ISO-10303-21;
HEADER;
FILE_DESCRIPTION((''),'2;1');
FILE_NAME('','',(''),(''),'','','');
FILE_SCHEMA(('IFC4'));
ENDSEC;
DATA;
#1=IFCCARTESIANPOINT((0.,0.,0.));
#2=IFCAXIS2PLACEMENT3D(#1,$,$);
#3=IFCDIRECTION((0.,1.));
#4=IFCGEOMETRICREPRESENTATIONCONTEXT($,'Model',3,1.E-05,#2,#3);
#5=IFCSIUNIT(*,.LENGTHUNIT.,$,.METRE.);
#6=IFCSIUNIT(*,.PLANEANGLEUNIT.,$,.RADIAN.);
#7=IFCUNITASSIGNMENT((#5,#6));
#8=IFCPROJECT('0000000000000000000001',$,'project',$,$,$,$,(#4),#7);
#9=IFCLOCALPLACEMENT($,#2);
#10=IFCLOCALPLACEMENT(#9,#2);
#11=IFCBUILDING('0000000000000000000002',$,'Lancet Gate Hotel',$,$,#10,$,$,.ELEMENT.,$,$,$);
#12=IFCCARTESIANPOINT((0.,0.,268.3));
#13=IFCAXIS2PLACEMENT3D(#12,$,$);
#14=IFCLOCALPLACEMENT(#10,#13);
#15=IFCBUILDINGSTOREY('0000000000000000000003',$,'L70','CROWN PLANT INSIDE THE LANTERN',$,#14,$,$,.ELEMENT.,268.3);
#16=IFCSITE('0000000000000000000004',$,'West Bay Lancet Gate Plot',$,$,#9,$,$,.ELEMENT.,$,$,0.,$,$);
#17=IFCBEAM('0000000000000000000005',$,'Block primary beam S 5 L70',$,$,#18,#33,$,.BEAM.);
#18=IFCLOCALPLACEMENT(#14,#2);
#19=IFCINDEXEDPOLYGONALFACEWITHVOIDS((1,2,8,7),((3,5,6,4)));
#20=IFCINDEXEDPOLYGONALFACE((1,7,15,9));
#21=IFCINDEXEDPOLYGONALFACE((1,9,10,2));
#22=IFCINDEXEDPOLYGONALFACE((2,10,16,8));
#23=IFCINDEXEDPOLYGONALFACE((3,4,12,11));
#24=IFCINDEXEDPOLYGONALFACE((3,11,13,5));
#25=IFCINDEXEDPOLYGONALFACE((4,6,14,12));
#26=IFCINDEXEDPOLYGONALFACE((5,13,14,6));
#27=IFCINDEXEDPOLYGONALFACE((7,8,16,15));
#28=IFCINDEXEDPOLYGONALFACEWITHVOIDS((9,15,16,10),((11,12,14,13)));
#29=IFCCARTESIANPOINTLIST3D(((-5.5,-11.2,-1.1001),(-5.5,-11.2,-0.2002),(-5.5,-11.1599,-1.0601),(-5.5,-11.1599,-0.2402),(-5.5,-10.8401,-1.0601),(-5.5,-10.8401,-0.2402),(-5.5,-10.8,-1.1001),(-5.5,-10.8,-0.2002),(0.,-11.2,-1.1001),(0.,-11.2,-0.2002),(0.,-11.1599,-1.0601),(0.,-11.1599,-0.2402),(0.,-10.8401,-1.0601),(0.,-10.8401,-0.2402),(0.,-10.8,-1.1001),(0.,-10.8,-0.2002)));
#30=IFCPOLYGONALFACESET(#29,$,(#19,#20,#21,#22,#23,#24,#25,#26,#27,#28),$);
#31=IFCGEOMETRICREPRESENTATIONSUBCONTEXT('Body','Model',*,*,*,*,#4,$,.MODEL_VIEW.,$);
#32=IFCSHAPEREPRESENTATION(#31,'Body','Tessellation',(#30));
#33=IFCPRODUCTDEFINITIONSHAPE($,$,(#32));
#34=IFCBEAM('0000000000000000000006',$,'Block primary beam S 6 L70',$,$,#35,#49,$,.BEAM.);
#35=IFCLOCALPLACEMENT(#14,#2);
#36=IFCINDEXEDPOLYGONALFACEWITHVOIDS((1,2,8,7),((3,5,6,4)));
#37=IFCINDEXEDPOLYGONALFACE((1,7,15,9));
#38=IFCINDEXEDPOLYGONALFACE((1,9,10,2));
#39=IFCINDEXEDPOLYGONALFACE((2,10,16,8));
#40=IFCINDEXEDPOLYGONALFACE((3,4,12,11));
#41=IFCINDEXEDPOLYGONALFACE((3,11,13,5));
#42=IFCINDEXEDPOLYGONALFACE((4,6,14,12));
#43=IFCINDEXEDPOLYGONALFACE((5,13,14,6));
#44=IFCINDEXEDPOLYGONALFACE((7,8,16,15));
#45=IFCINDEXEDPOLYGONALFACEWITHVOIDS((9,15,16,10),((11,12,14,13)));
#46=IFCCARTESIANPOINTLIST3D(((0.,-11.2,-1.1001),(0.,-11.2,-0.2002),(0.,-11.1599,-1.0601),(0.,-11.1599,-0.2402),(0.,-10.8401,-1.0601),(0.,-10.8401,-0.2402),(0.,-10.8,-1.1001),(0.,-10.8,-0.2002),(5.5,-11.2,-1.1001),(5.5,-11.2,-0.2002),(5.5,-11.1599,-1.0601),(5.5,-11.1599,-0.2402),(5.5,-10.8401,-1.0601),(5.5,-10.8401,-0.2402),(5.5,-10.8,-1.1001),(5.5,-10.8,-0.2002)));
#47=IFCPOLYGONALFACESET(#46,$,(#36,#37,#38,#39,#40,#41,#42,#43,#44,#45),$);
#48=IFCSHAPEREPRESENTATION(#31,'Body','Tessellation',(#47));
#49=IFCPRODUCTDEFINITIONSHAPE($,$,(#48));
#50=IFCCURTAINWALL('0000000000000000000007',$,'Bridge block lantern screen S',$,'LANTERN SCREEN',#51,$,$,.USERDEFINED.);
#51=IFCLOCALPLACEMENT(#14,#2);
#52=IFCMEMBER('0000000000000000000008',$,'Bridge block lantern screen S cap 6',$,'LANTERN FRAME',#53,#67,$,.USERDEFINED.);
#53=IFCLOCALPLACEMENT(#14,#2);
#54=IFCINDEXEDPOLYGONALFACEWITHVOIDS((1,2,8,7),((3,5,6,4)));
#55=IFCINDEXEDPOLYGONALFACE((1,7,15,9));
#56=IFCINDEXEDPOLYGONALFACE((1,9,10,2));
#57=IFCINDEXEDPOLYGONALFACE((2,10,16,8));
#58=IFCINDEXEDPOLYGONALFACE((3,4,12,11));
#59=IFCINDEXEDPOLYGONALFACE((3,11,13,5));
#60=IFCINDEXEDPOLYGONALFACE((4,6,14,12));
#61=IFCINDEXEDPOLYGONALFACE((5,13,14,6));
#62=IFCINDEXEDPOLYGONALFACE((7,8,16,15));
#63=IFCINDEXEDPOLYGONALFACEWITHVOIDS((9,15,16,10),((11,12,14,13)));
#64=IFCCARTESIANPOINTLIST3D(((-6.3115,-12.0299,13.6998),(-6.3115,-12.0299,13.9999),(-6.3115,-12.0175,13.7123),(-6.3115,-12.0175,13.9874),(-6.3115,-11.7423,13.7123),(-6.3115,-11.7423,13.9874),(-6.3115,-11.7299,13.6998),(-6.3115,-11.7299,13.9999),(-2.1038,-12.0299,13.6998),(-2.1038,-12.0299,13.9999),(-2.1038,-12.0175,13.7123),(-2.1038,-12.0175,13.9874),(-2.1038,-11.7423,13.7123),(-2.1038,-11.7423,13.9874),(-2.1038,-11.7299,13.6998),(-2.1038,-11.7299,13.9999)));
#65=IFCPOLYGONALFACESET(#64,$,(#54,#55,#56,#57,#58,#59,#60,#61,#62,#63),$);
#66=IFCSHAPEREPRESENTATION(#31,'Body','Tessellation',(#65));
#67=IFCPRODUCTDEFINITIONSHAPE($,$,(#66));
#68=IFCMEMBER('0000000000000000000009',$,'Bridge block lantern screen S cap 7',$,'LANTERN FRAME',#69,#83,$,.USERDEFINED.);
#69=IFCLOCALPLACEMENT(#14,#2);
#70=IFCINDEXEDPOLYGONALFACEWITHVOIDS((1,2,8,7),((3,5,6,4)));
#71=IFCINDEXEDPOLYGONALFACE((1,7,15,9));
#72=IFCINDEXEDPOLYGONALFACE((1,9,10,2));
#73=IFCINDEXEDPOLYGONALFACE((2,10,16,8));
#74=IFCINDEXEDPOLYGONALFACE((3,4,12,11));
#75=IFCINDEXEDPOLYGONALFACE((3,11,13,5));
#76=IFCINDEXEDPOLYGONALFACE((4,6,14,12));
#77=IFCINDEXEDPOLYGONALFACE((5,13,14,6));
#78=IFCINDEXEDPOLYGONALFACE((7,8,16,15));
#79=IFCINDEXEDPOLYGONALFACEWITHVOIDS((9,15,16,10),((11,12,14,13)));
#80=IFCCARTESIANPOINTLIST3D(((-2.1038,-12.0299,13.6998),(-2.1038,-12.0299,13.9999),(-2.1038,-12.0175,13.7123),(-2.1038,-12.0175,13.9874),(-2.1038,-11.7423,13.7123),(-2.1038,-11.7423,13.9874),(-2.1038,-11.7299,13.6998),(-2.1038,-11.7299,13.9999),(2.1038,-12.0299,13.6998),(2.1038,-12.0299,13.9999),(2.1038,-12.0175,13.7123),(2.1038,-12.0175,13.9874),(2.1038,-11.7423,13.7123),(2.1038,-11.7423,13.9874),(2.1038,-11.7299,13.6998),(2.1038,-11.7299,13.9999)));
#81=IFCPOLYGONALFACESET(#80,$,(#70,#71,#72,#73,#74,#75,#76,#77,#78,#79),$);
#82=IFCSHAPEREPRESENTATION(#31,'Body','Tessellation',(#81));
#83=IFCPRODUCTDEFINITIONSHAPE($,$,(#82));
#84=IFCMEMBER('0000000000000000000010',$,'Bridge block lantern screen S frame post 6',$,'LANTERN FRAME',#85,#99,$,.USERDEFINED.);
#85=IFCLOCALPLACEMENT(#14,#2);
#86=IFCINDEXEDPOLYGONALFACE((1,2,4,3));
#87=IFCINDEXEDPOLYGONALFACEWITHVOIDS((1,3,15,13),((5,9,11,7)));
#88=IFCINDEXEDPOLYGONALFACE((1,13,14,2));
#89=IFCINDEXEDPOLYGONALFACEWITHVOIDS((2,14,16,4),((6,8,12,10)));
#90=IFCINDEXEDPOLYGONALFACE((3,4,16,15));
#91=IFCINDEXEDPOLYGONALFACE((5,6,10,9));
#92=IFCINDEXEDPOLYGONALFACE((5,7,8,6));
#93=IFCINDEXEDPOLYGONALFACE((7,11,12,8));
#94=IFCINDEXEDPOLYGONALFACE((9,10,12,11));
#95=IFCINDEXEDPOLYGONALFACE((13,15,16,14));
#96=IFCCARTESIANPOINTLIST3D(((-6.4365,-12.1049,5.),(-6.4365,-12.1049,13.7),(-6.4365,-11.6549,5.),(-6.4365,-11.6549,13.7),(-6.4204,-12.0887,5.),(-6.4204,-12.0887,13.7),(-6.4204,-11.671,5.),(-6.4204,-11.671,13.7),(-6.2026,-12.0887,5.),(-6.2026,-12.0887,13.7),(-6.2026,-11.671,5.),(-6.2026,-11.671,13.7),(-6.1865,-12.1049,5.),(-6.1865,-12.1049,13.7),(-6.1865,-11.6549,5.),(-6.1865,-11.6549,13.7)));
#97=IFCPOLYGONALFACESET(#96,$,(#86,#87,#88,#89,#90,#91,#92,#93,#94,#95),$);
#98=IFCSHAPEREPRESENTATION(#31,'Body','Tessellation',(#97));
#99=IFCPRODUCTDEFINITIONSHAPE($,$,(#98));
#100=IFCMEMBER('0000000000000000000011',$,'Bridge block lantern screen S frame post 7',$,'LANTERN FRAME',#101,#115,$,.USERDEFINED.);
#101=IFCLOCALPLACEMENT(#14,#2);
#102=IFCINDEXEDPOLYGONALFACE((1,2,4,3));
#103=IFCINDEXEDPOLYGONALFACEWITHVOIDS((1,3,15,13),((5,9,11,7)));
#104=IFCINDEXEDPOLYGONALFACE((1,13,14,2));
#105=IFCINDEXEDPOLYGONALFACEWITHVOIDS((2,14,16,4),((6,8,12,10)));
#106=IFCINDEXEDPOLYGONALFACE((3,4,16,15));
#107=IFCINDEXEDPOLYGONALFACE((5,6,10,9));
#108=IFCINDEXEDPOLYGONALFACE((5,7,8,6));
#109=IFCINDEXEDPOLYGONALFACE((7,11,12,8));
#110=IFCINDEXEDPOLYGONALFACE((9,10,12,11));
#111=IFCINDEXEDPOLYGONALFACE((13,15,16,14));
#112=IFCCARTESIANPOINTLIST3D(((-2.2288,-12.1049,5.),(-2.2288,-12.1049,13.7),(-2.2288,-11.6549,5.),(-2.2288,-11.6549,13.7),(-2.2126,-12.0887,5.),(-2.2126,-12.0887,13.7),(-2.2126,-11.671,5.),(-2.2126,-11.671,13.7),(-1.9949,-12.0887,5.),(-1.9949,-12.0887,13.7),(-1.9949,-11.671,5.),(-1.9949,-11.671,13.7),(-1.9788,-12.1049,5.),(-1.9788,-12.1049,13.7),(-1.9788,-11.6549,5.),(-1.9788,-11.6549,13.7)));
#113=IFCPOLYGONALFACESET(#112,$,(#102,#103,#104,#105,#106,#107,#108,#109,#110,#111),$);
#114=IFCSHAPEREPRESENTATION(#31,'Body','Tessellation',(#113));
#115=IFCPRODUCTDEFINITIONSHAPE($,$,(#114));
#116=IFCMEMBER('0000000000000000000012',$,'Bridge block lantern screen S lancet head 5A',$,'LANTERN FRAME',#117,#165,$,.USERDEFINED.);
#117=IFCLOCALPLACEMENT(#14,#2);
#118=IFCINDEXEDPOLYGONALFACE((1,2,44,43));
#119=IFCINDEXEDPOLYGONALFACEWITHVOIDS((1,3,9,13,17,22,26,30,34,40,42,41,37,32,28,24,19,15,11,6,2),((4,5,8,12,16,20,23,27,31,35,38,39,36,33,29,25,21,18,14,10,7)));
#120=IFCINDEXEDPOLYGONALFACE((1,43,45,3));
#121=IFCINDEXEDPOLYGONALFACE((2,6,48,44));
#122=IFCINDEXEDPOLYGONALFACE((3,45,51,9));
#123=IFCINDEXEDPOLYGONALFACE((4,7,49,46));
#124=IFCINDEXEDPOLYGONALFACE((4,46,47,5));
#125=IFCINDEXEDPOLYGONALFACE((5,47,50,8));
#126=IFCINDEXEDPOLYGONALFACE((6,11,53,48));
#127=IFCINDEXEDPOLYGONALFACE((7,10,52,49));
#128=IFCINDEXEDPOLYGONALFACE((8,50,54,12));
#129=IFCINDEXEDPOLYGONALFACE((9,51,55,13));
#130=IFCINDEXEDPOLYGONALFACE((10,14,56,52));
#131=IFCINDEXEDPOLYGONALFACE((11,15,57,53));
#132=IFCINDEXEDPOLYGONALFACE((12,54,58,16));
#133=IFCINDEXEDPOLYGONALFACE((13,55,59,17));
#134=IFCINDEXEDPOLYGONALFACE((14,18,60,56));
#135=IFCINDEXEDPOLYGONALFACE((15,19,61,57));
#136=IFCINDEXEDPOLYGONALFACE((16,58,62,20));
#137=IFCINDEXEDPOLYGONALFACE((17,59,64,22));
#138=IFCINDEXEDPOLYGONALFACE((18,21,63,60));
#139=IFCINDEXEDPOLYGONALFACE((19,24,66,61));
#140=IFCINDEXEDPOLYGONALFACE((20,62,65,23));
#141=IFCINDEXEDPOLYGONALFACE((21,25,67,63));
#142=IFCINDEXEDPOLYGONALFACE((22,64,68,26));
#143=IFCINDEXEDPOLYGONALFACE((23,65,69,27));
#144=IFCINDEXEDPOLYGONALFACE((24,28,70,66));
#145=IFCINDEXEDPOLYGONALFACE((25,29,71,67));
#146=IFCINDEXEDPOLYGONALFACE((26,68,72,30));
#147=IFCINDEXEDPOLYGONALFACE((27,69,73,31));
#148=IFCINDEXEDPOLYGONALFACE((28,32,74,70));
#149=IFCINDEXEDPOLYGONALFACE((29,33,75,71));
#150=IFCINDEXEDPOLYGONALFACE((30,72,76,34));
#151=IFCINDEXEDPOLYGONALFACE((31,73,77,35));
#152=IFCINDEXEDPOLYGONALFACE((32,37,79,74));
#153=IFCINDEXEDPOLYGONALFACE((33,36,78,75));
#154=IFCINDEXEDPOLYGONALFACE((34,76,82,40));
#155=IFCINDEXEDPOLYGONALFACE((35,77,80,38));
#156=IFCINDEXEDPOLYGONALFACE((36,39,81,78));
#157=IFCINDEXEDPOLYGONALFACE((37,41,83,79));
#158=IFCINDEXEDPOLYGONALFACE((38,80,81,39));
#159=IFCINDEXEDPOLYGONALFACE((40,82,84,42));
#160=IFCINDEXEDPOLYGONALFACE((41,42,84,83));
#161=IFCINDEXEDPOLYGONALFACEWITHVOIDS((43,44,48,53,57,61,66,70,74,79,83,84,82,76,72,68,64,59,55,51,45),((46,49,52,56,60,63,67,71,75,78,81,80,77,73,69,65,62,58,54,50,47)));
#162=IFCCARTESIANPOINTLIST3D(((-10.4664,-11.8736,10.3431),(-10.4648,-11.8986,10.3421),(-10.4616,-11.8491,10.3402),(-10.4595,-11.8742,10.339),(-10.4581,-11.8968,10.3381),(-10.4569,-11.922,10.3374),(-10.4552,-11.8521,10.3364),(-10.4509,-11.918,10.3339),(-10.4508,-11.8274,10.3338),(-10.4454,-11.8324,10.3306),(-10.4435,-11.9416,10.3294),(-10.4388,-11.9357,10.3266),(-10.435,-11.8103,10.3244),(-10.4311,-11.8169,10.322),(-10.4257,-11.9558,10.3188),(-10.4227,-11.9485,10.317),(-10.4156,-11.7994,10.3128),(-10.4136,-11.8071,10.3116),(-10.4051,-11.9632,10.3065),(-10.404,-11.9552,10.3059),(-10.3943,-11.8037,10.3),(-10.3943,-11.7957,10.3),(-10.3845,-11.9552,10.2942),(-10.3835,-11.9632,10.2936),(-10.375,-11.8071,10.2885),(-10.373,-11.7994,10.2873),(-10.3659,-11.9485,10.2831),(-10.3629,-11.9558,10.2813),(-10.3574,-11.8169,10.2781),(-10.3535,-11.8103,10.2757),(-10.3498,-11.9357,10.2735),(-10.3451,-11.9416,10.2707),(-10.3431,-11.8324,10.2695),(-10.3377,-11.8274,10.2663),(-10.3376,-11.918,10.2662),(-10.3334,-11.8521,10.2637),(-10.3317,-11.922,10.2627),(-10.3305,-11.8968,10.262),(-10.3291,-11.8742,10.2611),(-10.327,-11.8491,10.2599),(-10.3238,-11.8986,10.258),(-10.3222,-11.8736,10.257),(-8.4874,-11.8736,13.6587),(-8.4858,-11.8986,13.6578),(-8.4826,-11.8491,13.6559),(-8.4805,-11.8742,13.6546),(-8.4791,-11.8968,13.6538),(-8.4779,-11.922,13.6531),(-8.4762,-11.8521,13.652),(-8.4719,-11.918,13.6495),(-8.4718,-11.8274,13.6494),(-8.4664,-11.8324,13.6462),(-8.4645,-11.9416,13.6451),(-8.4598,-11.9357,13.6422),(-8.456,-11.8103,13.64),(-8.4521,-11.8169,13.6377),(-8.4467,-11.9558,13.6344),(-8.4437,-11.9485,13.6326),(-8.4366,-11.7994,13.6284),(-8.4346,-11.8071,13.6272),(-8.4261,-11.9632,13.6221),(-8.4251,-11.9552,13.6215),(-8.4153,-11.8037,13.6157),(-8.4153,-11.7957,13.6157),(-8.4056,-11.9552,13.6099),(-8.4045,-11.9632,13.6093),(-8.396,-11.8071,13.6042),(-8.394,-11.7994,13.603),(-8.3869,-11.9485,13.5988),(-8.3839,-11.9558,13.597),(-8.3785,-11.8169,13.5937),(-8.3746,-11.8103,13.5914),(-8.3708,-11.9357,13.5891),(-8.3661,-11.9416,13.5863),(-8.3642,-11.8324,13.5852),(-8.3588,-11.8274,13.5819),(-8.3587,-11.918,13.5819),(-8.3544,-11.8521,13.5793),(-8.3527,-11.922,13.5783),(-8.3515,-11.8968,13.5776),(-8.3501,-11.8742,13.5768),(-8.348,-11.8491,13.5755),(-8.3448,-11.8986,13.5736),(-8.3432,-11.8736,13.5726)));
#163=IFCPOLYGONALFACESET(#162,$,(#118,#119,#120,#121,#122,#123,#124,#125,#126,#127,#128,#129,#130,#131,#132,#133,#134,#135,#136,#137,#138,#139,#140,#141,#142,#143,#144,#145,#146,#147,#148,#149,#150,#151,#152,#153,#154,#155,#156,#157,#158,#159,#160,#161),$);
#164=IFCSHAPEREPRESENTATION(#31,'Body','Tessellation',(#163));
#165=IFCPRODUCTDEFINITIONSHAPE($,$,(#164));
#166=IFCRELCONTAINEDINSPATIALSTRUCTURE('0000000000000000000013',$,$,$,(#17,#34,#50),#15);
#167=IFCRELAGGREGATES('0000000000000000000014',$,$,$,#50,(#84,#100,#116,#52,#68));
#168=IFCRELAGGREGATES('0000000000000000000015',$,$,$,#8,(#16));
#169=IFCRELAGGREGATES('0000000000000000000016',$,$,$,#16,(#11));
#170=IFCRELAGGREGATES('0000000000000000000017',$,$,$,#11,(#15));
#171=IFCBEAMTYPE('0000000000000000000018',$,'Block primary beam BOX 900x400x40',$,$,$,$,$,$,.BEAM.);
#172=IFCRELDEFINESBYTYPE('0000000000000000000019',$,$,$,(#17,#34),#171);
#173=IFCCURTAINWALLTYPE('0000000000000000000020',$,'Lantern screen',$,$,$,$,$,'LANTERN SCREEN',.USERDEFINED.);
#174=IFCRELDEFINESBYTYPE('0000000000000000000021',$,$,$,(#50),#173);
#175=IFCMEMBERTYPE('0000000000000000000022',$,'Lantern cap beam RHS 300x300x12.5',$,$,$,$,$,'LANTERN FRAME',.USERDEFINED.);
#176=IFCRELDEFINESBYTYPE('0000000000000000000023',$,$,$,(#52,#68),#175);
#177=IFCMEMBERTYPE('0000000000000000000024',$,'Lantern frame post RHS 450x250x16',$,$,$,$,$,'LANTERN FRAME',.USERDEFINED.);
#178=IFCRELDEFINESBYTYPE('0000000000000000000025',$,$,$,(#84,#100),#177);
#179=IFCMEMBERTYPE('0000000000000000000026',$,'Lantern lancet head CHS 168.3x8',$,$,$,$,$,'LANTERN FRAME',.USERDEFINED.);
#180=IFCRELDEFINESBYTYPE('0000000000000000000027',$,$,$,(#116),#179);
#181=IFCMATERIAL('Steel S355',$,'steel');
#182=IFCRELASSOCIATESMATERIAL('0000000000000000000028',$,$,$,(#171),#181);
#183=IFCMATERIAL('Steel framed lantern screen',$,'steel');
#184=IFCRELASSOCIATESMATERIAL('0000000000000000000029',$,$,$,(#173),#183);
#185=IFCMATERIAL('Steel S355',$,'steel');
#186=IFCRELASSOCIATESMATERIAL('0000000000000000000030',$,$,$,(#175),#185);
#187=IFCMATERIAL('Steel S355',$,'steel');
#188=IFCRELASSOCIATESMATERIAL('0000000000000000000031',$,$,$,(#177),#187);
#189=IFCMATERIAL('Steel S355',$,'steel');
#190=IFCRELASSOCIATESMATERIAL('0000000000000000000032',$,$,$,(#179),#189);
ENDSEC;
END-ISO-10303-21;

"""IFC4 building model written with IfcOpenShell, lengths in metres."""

from ifc_helpers import new_model, si_unit, direction, frame, origin, origin_2d, place, context, subcontext, project, spatial, hollow_rectangle, hollow_circle, extrude, material, material_profile, profile_set, type_object, element, aggregate, save


model = new_model("IFC4")

# Units and contexts
model_context = context("Model", 3, precision=1e-05, world=origin(), true_north=direction((0.0, 1.0)))
body_context = subcontext(model_context, "Body", "Model", "MODEL_VIEW")
ifc_project = project(units=[si_unit("LENGTHUNIT", "METRE"), si_unit("PLANEANGLEUNIT", "RADIAN")], contexts=[model_context])

# Site, building, storey
site_placement = place(None, origin())
site = spatial("IfcSite", under=ifc_project, at=site_placement, Name="West Bay Lancet Gate Plot", CompositionType="ELEMENT", RefElevation=0.0)
building_placement = place(site_placement, origin())
building = spatial("IfcBuilding", under=site, at=building_placement, Name="Lancet Gate Hotel", CompositionType="ELEMENT")
storey_placement = place(building_placement, frame((0.0, 0.0, 268.3)))
storey = spatial("IfcBuildingStorey", under=building, at=storey_placement, Name="L70", Description="CROWN PLANT INSIDE THE LANTERN", CompositionType="ELEMENT", Elevation=268.3)

# Beams
ifc_material_1 = material(Name="Steel S355", Category="steel")
ifc_material_profile_1 = material_profile(ifc_material_1, hollow_rectangle(XDim=0.3999, YDim=0.8999, WallThickness=0.04, at=origin_2d()), Name="BOX 900x400x40")
ifc_profile_set_1 = profile_set([ifc_material_profile_1], Name="Steel S355")
beam_type_1 = type_object("IfcBeamType", Name="Block primary beam BOX 900x400x40", PredefinedType="BEAM", material=ifc_profile_set_1)
for number, where, z_axis, x_axis, name in (
    (1, (-5.5, -11.0, -0.6501), (1.0, 0.0, 0.0), (0.0, 1.0, 0.0), "Block primary beam S 5 L70"),
    (2, (0.0, -11.0, -0.6501), (1.0, 0.0, 0.0), (0.0, 1.0, 0.0), "Block primary beam S 6 L70"),
):
    element("IfcBeam", number, at=place(storey_placement, frame(where, z_axis=z_axis, x_axis=x_axis)), inside=storey, type_object=beam_type_1, Name=name, PredefinedType="BEAM", context=body_context, shape_type="SweptSolid", body=[
        extrude(hollow_rectangle(XDim=0.3999, YDim=0.8999, WallThickness=0.04, at=origin_2d()), origin(), (0.0, 0.0, 1.0), 5.5),
    ])

# Curtain wall, members
ifc_material_2 = material(Name="Steel framed lantern screen", Category="steel")
curtain_wall_type_1 = type_object("IfcCurtainWallType", Name="Lantern screen", ElementType="LANTERN SCREEN", PredefinedType="USERDEFINED", material=ifc_material_2)
curtain_wall_1_placement = place(storey_placement, origin())
curtain_wall_1 = element("IfcCurtainWall", 3, at=curtain_wall_1_placement, inside=storey, type_object=curtain_wall_type_1, Name="Bridge block lantern screen S", ObjectType="LANTERN SCREEN", PredefinedType="USERDEFINED")
ifc_material_3 = material(Name="Steel S355", Category="steel")
ifc_material_profile_2 = material_profile(ifc_material_3, hollow_rectangle(XDim=0.3, YDim=0.3, WallThickness=0.0125, at=origin_2d()), Name="RHS 300x300x12.5")
ifc_profile_set_2 = profile_set([ifc_material_profile_2], Name="Steel S355")
member_type_1 = type_object("IfcMemberType", Name="Lantern cap beam RHS 300x300x12.5", ElementType="LANTERN FRAME", PredefinedType="USERDEFINED", material=ifc_profile_set_2)
member_1_placement = place(storey_placement, frame((-6.3115, -11.8799, 13.8499), z_axis=(1.0, 0.0, 0.0), x_axis=(0.0, 1.0, 0.0)))
member_1 = element("IfcMember", 4, at=member_1_placement, type_object=member_type_1, Name="Bridge block lantern screen S cap 6", ObjectType="LANTERN FRAME", PredefinedType="USERDEFINED", context=body_context, shape_type="SweptSolid", body=[
    extrude(hollow_rectangle(XDim=0.3, YDim=0.3, WallThickness=0.0125, at=origin_2d()), origin(), (0.0, 0.0, 1.0), 4.2078),
])
member_2_placement = place(storey_placement, frame((-2.1038, -11.8799, 13.8499), z_axis=(1.0, 0.0, 0.0), x_axis=(0.0, 1.0, 0.0)))
member_2 = element("IfcMember", 5, at=member_2_placement, type_object=member_type_1, Name="Bridge block lantern screen S cap 7", ObjectType="LANTERN FRAME", PredefinedType="USERDEFINED", context=body_context, shape_type="SweptSolid", body=[
    extrude(hollow_rectangle(XDim=0.3, YDim=0.3, WallThickness=0.0125, at=origin_2d()), origin(), (0.0, 0.0, 1.0), 4.2075),
])
ifc_material_4 = material(Name="Steel S355", Category="steel")
ifc_material_profile_3 = material_profile(ifc_material_4, hollow_rectangle(XDim=0.25, YDim=0.45, WallThickness=0.0161, at=origin_2d()), Name="RHS 450x250x16")
ifc_profile_set_3 = profile_set([ifc_material_profile_3], Name="Steel S355")
member_type_2 = type_object("IfcMemberType", Name="Lantern frame post RHS 450x250x16", ElementType="LANTERN FRAME", PredefinedType="USERDEFINED", material=ifc_profile_set_3)
member_3_placement = place(storey_placement, frame((-6.3115, -11.8799, 5.0), z_axis=(0.0, 0.0, 1.0), x_axis=(1.0, 0.0, 0.0)))
member_3 = element("IfcMember", 6, at=member_3_placement, type_object=member_type_2, Name="Bridge block lantern screen S frame post 6", ObjectType="LANTERN FRAME", PredefinedType="USERDEFINED", context=body_context, shape_type="SweptSolid", body=[
    extrude(hollow_rectangle(XDim=0.25, YDim=0.45, WallThickness=0.0161, at=origin_2d()), origin(), (0.0, 0.0, 1.0), 8.7),
])
member_4_placement = place(storey_placement, frame((-2.1038, -11.8799, 5.0), z_axis=(0.0, 0.0, 1.0), x_axis=(1.0, 0.0, 0.0)))
member_4 = element("IfcMember", 7, at=member_4_placement, type_object=member_type_2, Name="Bridge block lantern screen S frame post 7", ObjectType="LANTERN FRAME", PredefinedType="USERDEFINED", context=body_context, shape_type="SweptSolid", body=[
    extrude(hollow_rectangle(XDim=0.25, YDim=0.45, WallThickness=0.0161, at=origin_2d()), origin(), (0.0, 0.0, 1.0), 8.7),
])
ifc_material_5 = material(Name="Steel S355", Category="steel")
ifc_material_profile_4 = material_profile(ifc_material_5, hollow_circle(Radius=0.0842, WallThickness=0.0081, at=origin_2d()), Name="CHS 168.3x8.0")
ifc_profile_set_4 = profile_set([ifc_material_profile_4], Name="Steel S355")
member_type_3 = type_object("IfcMemberType", Name="Lantern lancet head CHS 168.3x8", ElementType="LANTERN FRAME", PredefinedType="USERDEFINED", material=ifc_profile_set_4)
member_5_placement = place(storey_placement, frame((-10.3943, -11.8799, 10.3), z_axis=(0.512514, 0.0, 0.858679), x_axis=(0.0, 1.0, 0.0)))
member_5 = element("IfcMember", 8, at=member_5_placement, type_object=member_type_3, Name="Bridge block lantern screen S lancet head 5A", ObjectType="LANTERN FRAME", PredefinedType="USERDEFINED", context=body_context, shape_type="SweptSolid", body=[
    extrude(hollow_circle(Radius=0.0842, WallThickness=0.0081, at=origin_2d()), origin(), (0.0, 0.0, 1.0), 3.8613),
])

aggregate(curtain_wall_1, [member_3, member_4, member_5, member_1, member_2])

save(model, "model.ifc")
